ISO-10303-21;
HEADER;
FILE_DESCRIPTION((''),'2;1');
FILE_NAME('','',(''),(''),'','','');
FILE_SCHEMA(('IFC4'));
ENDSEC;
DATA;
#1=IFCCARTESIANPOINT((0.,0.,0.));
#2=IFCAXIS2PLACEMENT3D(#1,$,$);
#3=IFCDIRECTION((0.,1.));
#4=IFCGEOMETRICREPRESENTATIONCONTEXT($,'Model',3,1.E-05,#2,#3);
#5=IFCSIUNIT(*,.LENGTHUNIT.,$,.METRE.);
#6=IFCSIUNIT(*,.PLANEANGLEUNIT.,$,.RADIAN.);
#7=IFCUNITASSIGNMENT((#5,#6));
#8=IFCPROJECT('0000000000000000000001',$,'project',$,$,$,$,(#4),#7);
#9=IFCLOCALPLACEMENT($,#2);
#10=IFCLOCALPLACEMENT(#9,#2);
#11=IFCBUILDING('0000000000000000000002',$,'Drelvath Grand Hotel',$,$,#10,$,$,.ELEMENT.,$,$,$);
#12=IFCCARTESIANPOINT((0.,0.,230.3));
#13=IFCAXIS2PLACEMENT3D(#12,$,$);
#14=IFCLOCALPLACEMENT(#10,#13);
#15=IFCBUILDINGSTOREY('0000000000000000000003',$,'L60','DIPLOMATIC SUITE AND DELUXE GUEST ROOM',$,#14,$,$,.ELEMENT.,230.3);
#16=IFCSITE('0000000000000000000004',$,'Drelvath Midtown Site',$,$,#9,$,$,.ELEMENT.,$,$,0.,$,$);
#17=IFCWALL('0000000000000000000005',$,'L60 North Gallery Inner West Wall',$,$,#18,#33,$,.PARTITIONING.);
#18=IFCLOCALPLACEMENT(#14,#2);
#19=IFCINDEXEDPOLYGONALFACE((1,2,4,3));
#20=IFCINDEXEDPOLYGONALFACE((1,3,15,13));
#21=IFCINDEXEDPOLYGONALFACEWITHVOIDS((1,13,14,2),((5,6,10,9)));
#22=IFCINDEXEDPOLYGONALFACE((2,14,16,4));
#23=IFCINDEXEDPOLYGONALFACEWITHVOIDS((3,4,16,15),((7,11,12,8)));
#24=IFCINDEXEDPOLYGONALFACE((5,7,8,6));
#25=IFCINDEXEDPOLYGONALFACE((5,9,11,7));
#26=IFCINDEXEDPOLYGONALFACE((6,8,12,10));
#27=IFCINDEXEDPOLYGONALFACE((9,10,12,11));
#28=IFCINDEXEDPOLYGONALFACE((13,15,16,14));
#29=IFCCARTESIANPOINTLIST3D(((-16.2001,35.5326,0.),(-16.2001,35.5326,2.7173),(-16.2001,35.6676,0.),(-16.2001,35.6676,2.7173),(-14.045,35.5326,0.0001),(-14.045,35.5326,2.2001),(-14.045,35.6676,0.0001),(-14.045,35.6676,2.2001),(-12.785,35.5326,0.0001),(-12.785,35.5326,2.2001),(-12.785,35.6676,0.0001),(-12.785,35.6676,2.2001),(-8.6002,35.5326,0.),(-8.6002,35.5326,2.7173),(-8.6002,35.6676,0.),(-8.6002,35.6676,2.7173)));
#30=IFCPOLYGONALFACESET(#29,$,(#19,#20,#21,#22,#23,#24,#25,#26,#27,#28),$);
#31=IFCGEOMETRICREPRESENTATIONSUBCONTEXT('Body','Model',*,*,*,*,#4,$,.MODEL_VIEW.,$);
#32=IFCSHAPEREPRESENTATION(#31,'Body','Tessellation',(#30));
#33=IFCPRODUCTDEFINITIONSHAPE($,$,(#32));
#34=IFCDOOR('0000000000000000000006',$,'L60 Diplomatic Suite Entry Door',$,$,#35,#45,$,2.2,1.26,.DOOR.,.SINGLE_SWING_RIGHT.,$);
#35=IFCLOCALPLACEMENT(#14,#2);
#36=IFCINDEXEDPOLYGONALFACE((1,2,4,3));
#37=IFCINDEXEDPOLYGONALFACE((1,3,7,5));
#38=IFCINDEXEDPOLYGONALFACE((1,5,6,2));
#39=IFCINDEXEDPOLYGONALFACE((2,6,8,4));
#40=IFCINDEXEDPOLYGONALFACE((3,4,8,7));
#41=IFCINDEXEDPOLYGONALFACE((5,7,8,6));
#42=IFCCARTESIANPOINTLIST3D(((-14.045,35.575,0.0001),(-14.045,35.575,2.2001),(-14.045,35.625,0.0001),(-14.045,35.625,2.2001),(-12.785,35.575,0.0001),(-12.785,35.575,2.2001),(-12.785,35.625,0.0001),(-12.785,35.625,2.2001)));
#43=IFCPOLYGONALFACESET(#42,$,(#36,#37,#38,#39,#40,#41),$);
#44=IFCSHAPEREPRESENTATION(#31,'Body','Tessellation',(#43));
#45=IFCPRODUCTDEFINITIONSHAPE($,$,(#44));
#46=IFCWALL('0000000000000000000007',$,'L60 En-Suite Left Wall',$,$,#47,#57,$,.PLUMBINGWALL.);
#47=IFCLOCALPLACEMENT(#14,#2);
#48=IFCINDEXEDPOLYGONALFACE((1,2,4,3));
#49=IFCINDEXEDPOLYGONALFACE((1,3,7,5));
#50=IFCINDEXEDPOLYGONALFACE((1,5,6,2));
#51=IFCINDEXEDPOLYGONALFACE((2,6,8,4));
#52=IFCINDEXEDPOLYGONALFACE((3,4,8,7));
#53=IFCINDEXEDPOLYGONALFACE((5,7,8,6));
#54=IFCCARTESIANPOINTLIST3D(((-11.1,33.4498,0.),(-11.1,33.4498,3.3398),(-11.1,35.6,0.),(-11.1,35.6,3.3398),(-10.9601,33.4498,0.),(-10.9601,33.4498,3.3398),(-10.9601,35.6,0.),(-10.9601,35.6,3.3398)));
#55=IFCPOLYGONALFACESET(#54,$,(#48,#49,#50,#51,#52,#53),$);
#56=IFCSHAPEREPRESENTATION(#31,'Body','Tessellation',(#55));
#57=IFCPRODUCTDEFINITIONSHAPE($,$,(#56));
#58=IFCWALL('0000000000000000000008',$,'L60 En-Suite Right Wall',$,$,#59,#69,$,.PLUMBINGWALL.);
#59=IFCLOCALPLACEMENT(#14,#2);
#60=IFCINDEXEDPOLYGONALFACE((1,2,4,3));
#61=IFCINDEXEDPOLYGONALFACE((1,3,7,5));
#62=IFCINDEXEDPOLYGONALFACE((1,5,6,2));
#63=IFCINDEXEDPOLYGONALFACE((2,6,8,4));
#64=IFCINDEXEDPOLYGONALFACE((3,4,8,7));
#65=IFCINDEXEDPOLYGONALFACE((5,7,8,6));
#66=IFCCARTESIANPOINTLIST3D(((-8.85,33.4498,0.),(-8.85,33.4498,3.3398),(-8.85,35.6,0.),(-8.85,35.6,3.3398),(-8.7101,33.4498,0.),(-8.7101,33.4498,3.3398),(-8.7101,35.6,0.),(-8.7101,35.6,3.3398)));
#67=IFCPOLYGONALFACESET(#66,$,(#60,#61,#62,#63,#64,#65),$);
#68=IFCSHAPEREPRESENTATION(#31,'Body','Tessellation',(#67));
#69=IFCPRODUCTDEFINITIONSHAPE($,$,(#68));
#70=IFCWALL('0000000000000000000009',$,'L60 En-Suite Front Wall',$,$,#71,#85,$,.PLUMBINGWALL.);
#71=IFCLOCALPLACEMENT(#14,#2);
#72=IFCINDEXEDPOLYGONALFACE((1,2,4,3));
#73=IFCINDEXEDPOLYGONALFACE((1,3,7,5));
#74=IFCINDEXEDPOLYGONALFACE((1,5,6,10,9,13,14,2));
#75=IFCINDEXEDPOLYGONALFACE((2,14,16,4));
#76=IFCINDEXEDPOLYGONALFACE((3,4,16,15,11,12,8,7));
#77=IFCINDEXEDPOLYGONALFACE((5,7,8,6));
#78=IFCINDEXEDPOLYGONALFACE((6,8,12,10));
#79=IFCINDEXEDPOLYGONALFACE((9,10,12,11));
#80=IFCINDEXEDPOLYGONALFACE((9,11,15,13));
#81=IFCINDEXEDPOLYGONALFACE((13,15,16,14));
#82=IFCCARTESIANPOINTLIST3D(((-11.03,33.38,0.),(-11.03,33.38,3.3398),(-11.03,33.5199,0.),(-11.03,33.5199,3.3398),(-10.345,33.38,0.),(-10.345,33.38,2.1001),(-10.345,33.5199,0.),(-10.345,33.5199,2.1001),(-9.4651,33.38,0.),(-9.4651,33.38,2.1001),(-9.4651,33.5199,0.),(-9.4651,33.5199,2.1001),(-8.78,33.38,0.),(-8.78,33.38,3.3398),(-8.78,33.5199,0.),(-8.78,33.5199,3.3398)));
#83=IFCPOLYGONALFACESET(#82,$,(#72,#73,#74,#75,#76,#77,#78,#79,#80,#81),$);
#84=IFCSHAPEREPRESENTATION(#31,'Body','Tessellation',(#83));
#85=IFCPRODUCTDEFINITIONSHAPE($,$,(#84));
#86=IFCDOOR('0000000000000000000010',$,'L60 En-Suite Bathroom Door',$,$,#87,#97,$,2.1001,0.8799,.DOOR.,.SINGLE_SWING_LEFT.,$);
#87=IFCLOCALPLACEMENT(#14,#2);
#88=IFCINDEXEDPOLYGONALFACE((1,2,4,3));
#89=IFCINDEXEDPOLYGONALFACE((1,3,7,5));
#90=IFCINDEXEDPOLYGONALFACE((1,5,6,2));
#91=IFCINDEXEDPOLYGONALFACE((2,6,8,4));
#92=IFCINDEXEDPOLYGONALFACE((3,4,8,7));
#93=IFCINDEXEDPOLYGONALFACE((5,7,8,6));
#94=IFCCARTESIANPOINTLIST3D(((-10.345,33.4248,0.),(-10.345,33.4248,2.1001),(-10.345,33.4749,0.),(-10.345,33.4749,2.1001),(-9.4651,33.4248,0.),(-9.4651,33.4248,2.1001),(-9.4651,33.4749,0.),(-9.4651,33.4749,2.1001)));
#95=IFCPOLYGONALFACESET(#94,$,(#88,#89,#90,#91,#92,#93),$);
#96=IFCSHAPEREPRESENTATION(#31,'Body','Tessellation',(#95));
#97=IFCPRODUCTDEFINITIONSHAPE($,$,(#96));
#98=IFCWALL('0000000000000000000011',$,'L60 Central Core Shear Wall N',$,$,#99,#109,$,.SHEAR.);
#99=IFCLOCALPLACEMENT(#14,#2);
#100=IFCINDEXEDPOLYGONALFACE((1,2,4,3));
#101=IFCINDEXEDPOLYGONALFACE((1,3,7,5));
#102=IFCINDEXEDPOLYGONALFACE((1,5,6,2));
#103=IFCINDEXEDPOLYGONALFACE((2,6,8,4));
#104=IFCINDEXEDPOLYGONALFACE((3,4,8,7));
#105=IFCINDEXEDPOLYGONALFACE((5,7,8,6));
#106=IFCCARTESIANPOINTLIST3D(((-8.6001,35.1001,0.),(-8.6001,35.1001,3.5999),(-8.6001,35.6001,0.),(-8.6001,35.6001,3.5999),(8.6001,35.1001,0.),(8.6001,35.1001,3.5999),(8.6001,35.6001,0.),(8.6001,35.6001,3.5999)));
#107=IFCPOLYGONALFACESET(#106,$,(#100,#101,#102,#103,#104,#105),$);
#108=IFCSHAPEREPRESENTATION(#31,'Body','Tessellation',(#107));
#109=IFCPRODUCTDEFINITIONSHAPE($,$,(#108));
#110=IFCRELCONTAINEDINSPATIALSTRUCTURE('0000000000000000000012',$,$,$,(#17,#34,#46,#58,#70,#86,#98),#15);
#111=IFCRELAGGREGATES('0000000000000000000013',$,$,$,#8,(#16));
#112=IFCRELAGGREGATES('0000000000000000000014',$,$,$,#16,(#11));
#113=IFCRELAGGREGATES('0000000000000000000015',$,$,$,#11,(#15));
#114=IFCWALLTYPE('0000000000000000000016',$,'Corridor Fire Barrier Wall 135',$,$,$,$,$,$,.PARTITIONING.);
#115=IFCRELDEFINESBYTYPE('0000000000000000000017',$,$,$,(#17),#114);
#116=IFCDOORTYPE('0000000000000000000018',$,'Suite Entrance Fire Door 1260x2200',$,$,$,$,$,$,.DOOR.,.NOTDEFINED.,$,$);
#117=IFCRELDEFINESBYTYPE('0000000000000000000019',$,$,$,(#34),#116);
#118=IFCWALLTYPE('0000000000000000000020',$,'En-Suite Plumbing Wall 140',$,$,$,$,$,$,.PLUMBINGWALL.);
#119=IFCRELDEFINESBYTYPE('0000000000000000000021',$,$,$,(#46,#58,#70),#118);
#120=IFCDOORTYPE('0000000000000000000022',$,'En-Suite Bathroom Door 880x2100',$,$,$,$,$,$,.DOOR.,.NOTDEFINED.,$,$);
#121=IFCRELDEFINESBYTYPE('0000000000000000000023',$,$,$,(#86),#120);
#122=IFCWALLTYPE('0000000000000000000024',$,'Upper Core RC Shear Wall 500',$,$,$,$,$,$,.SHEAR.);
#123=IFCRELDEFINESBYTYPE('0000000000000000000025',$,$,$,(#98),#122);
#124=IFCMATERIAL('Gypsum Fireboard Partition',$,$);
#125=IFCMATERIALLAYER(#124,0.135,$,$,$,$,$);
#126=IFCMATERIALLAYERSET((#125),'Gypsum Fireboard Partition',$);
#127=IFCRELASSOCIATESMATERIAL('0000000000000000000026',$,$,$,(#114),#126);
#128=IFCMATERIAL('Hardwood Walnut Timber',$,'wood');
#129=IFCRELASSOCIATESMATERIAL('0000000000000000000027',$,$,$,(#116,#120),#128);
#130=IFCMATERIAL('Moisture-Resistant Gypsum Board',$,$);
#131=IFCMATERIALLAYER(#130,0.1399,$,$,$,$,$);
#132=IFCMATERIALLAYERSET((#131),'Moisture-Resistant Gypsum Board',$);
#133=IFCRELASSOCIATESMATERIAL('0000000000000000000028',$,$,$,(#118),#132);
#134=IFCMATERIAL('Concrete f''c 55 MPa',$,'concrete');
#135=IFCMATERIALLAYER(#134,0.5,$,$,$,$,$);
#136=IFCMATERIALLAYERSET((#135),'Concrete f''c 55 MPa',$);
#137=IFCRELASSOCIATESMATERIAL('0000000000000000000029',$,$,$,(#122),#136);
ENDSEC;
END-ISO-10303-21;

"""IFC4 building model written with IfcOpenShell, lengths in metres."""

from ifc_helpers import new_model, si_unit, direction, frame, frame_2d, origin, place, context, subcontext, project, spatial, rectangle, extrude, material, layer, layer_set, type_object, element, fill, save


model = new_model("IFC4")

# Units and contexts
model_context = context("Model", 3, precision=1e-05, world=origin(), true_north=direction((0.0, 1.0)))
body_context = subcontext(model_context, "Body", "Model", "MODEL_VIEW")
ifc_project = project(units=[si_unit("LENGTHUNIT", "METRE"), si_unit("PLANEANGLEUNIT", "RADIAN")], contexts=[model_context])

# Site, building, storey
site_placement = place(None, origin())
site = spatial("IfcSite", under=ifc_project, at=site_placement, Name="Drelvath Midtown Site", CompositionType="ELEMENT", RefElevation=0.0)
building_placement = place(site_placement, origin())
building = spatial("IfcBuilding", under=site, at=building_placement, Name="Drelvath Grand Hotel", CompositionType="ELEMENT")
storey_placement = place(building_placement, frame((0.0, 0.0, 230.3)))
storey = spatial("IfcBuildingStorey", under=building, at=storey_placement, Name="L60", Description="DIPLOMATIC SUITE AND DELUXE GUEST ROOM", CompositionType="ELEMENT", Elevation=230.3)

# Wall, opening, door
ifc_material_1 = material(Name="Gypsum Fireboard Partition")
ifc_layer_1 = layer(ifc_material_1, 0.135)
ifc_layer_set_1 = layer_set([ifc_layer_1], Name="Gypsum Fireboard Partition")
wall_type_1 = type_object("IfcWallType", Name="Corridor Fire Barrier Wall 135", PredefinedType="PARTITIONING", material=ifc_layer_set_1)
wall_1_placement = place(storey_placement, frame((-16.2, 35.6001, 0.0), z_axis=(0.0, 0.0, 1.0), x_axis=(1.0, 0.0, 0.0)))
wall_1 = element("IfcWall", 1, at=wall_1_placement, inside=storey, type_object=wall_type_1, Name="L60 North Gallery Inner West Wall", PredefinedType="PARTITIONING", context=body_context, shape_type="SweptSolid", body=[
    extrude(rectangle(XDim=7.5999, YDim=0.135, at=frame_2d((3.7998, 0.0))), origin(), (0.0, 0.0, 1.0), 2.7173),
])
opening_1_placement = place(wall_1_placement, frame((2.155, 0.0, 0.0)))
opening_1 = element("IfcOpeningElement", 2, at=opening_1_placement, cuts=wall_1, PredefinedType="OPENING", context=body_context, shape_type="SweptSolid", body=[
    extrude(rectangle(XDim=1.26, YDim=2.2, at=frame_2d((0.6299, 1.1001))), frame((0.0, 0.0774, 0.0), z_axis=(0.0, -1.0, 0.0), x_axis=(1.0, 0.0, 0.0)), (0.0, 0.0, 1.0), 0.155),
])
ifc_material_2 = material(Name="Hardwood Walnut Timber", Category="wood")
door_type_1 = type_object("IfcDoorType", Name="Suite Entrance Fire Door 1260x2200", OperationType="NOTDEFINED", PredefinedType="DOOR", material=ifc_material_2)
door_1_placement = place(opening_1_placement, origin())
door_1 = element("IfcDoor", 3, at=door_1_placement, inside=storey, type_object=door_type_1, Name="L60 Diplomatic Suite Entry Door", OperationType="SINGLE_SWING_RIGHT", OverallHeight=2.2, OverallWidth=1.26, PredefinedType="DOOR", context=body_context, shape_type="SweptSolid", body=[
    extrude(rectangle(XDim=1.26, YDim=2.2, at=frame_2d((0.6299, 1.1001))), frame((0.0, 0.0249, 0.0), z_axis=(0.0, -1.0, 0.0), x_axis=(1.0, 0.0, 0.0)), (0.0, 0.0, 1.0), 0.05),
])
fill(opening_1, door_1)

# Walls
ifc_material_3 = material(Name="Moisture-Resistant Gypsum Board")
ifc_layer_2 = layer(ifc_material_3, 0.1399)
ifc_layer_set_2 = layer_set([ifc_layer_2], Name="Moisture-Resistant Gypsum Board")
wall_type_2 = type_object("IfcWallType", Name="En-Suite Plumbing Wall 140", PredefinedType="PLUMBINGWALL", material=ifc_layer_set_2)
for number, where, z_axis, x_axis, name in (
    (4, (-11.03, 35.6001, 0.0), (0.0, 0.0, 1.0), (0.0, -1.0, 0.0), "L60 En-Suite Left Wall"),
    (5, (-8.78, 35.6001, 0.0), (0.0, 0.0, 1.0), (0.0, -1.0, 0.0), "L60 En-Suite Right Wall"),
):
    element("IfcWall", number, at=place(storey_placement, frame(where, z_axis=z_axis, x_axis=x_axis)), inside=storey, type_object=wall_type_2, Name=name, PredefinedType="PLUMBINGWALL", context=body_context, shape_type="SweptSolid", body=[
        extrude(rectangle(XDim=2.1501, YDim=0.1399, at=frame_2d((1.0752, 0.0))), origin(), (0.0, 0.0, 1.0), 3.3398),
    ])

# Wall, opening, door
wall_2_placement = place(storey_placement, frame((-11.03, 33.45, 0.0), z_axis=(0.0, 0.0, 1.0), x_axis=(1.0, 0.0, 0.0)))
wall_2 = element("IfcWall", 6, at=wall_2_placement, inside=storey, type_object=wall_type_2, Name="L60 En-Suite Front Wall", PredefinedType="PLUMBINGWALL", context=body_context, shape_type="SweptSolid", body=[
    extrude(rectangle(XDim=2.25, YDim=0.1399, at=frame_2d((1.125, 0.0))), origin(), (0.0, 0.0, 1.0), 3.3398),
])
opening_2_placement = place(wall_2_placement, frame((0.6851, 0.0, 0.0)))
opening_2 = element("IfcOpeningElement", 7, at=opening_2_placement, cuts=wall_2, PredefinedType="OPENING", context=body_context, shape_type="SweptSolid", body=[
    extrude(rectangle(XDim=0.8799, YDim=2.1001, at=frame_2d((0.4399, 1.05))), frame((0.0, 0.0798, 0.0), z_axis=(0.0, -1.0, 0.0), x_axis=(1.0, 0.0, 0.0)), (0.0, 0.0, 1.0), 0.1599),
])
door_type_2 = type_object("IfcDoorType", Name="En-Suite Bathroom Door 880x2100", OperationType="NOTDEFINED", PredefinedType="DOOR", material=ifc_material_2)
door_2_placement = place(opening_2_placement, origin())
door_2 = element("IfcDoor", 8, at=door_2_placement, inside=storey, type_object=door_type_2, Name="L60 En-Suite Bathroom Door", OperationType="SINGLE_SWING_LEFT", OverallHeight=2.1001, OverallWidth=0.8799, PredefinedType="DOOR", context=body_context, shape_type="SweptSolid", body=[
    extrude(rectangle(XDim=0.8799, YDim=2.1001, at=frame_2d((0.4399, 1.05))), frame((0.0, 0.0249, 0.0), z_axis=(0.0, -1.0, 0.0), x_axis=(1.0, 0.0, 0.0)), (0.0, 0.0, 1.0), 0.05),
])
fill(opening_2, door_2)

# Wall
ifc_material_4 = material(Name="Concrete f'c 55 MPa", Category="concrete")
ifc_layer_3 = layer(ifc_material_4, 0.5)
ifc_layer_set_3 = layer_set([ifc_layer_3], Name="Concrete f'c 55 MPa")
wall_type_3 = type_object("IfcWallType", Name="Upper Core RC Shear Wall 500", PredefinedType="SHEAR", material=ifc_layer_set_3)
wall_3_placement = place(storey_placement, frame((-8.6001, 35.3501, 0.0), z_axis=(0.0, 0.0, 1.0), x_axis=(1.0, 0.0, 0.0)))
element("IfcWall", 9, at=wall_3_placement, inside=storey, type_object=wall_type_3, Name="L60 Central Core Shear Wall N", PredefinedType="SHEAR", context=body_context, shape_type="SweptSolid", body=[
    extrude(rectangle(XDim=17.2002, YDim=0.5, at=frame_2d((8.6001, 0.0))), origin(), (0.0, 0.0, 1.0), 3.5999),
])

save(model, "model.ifc")
